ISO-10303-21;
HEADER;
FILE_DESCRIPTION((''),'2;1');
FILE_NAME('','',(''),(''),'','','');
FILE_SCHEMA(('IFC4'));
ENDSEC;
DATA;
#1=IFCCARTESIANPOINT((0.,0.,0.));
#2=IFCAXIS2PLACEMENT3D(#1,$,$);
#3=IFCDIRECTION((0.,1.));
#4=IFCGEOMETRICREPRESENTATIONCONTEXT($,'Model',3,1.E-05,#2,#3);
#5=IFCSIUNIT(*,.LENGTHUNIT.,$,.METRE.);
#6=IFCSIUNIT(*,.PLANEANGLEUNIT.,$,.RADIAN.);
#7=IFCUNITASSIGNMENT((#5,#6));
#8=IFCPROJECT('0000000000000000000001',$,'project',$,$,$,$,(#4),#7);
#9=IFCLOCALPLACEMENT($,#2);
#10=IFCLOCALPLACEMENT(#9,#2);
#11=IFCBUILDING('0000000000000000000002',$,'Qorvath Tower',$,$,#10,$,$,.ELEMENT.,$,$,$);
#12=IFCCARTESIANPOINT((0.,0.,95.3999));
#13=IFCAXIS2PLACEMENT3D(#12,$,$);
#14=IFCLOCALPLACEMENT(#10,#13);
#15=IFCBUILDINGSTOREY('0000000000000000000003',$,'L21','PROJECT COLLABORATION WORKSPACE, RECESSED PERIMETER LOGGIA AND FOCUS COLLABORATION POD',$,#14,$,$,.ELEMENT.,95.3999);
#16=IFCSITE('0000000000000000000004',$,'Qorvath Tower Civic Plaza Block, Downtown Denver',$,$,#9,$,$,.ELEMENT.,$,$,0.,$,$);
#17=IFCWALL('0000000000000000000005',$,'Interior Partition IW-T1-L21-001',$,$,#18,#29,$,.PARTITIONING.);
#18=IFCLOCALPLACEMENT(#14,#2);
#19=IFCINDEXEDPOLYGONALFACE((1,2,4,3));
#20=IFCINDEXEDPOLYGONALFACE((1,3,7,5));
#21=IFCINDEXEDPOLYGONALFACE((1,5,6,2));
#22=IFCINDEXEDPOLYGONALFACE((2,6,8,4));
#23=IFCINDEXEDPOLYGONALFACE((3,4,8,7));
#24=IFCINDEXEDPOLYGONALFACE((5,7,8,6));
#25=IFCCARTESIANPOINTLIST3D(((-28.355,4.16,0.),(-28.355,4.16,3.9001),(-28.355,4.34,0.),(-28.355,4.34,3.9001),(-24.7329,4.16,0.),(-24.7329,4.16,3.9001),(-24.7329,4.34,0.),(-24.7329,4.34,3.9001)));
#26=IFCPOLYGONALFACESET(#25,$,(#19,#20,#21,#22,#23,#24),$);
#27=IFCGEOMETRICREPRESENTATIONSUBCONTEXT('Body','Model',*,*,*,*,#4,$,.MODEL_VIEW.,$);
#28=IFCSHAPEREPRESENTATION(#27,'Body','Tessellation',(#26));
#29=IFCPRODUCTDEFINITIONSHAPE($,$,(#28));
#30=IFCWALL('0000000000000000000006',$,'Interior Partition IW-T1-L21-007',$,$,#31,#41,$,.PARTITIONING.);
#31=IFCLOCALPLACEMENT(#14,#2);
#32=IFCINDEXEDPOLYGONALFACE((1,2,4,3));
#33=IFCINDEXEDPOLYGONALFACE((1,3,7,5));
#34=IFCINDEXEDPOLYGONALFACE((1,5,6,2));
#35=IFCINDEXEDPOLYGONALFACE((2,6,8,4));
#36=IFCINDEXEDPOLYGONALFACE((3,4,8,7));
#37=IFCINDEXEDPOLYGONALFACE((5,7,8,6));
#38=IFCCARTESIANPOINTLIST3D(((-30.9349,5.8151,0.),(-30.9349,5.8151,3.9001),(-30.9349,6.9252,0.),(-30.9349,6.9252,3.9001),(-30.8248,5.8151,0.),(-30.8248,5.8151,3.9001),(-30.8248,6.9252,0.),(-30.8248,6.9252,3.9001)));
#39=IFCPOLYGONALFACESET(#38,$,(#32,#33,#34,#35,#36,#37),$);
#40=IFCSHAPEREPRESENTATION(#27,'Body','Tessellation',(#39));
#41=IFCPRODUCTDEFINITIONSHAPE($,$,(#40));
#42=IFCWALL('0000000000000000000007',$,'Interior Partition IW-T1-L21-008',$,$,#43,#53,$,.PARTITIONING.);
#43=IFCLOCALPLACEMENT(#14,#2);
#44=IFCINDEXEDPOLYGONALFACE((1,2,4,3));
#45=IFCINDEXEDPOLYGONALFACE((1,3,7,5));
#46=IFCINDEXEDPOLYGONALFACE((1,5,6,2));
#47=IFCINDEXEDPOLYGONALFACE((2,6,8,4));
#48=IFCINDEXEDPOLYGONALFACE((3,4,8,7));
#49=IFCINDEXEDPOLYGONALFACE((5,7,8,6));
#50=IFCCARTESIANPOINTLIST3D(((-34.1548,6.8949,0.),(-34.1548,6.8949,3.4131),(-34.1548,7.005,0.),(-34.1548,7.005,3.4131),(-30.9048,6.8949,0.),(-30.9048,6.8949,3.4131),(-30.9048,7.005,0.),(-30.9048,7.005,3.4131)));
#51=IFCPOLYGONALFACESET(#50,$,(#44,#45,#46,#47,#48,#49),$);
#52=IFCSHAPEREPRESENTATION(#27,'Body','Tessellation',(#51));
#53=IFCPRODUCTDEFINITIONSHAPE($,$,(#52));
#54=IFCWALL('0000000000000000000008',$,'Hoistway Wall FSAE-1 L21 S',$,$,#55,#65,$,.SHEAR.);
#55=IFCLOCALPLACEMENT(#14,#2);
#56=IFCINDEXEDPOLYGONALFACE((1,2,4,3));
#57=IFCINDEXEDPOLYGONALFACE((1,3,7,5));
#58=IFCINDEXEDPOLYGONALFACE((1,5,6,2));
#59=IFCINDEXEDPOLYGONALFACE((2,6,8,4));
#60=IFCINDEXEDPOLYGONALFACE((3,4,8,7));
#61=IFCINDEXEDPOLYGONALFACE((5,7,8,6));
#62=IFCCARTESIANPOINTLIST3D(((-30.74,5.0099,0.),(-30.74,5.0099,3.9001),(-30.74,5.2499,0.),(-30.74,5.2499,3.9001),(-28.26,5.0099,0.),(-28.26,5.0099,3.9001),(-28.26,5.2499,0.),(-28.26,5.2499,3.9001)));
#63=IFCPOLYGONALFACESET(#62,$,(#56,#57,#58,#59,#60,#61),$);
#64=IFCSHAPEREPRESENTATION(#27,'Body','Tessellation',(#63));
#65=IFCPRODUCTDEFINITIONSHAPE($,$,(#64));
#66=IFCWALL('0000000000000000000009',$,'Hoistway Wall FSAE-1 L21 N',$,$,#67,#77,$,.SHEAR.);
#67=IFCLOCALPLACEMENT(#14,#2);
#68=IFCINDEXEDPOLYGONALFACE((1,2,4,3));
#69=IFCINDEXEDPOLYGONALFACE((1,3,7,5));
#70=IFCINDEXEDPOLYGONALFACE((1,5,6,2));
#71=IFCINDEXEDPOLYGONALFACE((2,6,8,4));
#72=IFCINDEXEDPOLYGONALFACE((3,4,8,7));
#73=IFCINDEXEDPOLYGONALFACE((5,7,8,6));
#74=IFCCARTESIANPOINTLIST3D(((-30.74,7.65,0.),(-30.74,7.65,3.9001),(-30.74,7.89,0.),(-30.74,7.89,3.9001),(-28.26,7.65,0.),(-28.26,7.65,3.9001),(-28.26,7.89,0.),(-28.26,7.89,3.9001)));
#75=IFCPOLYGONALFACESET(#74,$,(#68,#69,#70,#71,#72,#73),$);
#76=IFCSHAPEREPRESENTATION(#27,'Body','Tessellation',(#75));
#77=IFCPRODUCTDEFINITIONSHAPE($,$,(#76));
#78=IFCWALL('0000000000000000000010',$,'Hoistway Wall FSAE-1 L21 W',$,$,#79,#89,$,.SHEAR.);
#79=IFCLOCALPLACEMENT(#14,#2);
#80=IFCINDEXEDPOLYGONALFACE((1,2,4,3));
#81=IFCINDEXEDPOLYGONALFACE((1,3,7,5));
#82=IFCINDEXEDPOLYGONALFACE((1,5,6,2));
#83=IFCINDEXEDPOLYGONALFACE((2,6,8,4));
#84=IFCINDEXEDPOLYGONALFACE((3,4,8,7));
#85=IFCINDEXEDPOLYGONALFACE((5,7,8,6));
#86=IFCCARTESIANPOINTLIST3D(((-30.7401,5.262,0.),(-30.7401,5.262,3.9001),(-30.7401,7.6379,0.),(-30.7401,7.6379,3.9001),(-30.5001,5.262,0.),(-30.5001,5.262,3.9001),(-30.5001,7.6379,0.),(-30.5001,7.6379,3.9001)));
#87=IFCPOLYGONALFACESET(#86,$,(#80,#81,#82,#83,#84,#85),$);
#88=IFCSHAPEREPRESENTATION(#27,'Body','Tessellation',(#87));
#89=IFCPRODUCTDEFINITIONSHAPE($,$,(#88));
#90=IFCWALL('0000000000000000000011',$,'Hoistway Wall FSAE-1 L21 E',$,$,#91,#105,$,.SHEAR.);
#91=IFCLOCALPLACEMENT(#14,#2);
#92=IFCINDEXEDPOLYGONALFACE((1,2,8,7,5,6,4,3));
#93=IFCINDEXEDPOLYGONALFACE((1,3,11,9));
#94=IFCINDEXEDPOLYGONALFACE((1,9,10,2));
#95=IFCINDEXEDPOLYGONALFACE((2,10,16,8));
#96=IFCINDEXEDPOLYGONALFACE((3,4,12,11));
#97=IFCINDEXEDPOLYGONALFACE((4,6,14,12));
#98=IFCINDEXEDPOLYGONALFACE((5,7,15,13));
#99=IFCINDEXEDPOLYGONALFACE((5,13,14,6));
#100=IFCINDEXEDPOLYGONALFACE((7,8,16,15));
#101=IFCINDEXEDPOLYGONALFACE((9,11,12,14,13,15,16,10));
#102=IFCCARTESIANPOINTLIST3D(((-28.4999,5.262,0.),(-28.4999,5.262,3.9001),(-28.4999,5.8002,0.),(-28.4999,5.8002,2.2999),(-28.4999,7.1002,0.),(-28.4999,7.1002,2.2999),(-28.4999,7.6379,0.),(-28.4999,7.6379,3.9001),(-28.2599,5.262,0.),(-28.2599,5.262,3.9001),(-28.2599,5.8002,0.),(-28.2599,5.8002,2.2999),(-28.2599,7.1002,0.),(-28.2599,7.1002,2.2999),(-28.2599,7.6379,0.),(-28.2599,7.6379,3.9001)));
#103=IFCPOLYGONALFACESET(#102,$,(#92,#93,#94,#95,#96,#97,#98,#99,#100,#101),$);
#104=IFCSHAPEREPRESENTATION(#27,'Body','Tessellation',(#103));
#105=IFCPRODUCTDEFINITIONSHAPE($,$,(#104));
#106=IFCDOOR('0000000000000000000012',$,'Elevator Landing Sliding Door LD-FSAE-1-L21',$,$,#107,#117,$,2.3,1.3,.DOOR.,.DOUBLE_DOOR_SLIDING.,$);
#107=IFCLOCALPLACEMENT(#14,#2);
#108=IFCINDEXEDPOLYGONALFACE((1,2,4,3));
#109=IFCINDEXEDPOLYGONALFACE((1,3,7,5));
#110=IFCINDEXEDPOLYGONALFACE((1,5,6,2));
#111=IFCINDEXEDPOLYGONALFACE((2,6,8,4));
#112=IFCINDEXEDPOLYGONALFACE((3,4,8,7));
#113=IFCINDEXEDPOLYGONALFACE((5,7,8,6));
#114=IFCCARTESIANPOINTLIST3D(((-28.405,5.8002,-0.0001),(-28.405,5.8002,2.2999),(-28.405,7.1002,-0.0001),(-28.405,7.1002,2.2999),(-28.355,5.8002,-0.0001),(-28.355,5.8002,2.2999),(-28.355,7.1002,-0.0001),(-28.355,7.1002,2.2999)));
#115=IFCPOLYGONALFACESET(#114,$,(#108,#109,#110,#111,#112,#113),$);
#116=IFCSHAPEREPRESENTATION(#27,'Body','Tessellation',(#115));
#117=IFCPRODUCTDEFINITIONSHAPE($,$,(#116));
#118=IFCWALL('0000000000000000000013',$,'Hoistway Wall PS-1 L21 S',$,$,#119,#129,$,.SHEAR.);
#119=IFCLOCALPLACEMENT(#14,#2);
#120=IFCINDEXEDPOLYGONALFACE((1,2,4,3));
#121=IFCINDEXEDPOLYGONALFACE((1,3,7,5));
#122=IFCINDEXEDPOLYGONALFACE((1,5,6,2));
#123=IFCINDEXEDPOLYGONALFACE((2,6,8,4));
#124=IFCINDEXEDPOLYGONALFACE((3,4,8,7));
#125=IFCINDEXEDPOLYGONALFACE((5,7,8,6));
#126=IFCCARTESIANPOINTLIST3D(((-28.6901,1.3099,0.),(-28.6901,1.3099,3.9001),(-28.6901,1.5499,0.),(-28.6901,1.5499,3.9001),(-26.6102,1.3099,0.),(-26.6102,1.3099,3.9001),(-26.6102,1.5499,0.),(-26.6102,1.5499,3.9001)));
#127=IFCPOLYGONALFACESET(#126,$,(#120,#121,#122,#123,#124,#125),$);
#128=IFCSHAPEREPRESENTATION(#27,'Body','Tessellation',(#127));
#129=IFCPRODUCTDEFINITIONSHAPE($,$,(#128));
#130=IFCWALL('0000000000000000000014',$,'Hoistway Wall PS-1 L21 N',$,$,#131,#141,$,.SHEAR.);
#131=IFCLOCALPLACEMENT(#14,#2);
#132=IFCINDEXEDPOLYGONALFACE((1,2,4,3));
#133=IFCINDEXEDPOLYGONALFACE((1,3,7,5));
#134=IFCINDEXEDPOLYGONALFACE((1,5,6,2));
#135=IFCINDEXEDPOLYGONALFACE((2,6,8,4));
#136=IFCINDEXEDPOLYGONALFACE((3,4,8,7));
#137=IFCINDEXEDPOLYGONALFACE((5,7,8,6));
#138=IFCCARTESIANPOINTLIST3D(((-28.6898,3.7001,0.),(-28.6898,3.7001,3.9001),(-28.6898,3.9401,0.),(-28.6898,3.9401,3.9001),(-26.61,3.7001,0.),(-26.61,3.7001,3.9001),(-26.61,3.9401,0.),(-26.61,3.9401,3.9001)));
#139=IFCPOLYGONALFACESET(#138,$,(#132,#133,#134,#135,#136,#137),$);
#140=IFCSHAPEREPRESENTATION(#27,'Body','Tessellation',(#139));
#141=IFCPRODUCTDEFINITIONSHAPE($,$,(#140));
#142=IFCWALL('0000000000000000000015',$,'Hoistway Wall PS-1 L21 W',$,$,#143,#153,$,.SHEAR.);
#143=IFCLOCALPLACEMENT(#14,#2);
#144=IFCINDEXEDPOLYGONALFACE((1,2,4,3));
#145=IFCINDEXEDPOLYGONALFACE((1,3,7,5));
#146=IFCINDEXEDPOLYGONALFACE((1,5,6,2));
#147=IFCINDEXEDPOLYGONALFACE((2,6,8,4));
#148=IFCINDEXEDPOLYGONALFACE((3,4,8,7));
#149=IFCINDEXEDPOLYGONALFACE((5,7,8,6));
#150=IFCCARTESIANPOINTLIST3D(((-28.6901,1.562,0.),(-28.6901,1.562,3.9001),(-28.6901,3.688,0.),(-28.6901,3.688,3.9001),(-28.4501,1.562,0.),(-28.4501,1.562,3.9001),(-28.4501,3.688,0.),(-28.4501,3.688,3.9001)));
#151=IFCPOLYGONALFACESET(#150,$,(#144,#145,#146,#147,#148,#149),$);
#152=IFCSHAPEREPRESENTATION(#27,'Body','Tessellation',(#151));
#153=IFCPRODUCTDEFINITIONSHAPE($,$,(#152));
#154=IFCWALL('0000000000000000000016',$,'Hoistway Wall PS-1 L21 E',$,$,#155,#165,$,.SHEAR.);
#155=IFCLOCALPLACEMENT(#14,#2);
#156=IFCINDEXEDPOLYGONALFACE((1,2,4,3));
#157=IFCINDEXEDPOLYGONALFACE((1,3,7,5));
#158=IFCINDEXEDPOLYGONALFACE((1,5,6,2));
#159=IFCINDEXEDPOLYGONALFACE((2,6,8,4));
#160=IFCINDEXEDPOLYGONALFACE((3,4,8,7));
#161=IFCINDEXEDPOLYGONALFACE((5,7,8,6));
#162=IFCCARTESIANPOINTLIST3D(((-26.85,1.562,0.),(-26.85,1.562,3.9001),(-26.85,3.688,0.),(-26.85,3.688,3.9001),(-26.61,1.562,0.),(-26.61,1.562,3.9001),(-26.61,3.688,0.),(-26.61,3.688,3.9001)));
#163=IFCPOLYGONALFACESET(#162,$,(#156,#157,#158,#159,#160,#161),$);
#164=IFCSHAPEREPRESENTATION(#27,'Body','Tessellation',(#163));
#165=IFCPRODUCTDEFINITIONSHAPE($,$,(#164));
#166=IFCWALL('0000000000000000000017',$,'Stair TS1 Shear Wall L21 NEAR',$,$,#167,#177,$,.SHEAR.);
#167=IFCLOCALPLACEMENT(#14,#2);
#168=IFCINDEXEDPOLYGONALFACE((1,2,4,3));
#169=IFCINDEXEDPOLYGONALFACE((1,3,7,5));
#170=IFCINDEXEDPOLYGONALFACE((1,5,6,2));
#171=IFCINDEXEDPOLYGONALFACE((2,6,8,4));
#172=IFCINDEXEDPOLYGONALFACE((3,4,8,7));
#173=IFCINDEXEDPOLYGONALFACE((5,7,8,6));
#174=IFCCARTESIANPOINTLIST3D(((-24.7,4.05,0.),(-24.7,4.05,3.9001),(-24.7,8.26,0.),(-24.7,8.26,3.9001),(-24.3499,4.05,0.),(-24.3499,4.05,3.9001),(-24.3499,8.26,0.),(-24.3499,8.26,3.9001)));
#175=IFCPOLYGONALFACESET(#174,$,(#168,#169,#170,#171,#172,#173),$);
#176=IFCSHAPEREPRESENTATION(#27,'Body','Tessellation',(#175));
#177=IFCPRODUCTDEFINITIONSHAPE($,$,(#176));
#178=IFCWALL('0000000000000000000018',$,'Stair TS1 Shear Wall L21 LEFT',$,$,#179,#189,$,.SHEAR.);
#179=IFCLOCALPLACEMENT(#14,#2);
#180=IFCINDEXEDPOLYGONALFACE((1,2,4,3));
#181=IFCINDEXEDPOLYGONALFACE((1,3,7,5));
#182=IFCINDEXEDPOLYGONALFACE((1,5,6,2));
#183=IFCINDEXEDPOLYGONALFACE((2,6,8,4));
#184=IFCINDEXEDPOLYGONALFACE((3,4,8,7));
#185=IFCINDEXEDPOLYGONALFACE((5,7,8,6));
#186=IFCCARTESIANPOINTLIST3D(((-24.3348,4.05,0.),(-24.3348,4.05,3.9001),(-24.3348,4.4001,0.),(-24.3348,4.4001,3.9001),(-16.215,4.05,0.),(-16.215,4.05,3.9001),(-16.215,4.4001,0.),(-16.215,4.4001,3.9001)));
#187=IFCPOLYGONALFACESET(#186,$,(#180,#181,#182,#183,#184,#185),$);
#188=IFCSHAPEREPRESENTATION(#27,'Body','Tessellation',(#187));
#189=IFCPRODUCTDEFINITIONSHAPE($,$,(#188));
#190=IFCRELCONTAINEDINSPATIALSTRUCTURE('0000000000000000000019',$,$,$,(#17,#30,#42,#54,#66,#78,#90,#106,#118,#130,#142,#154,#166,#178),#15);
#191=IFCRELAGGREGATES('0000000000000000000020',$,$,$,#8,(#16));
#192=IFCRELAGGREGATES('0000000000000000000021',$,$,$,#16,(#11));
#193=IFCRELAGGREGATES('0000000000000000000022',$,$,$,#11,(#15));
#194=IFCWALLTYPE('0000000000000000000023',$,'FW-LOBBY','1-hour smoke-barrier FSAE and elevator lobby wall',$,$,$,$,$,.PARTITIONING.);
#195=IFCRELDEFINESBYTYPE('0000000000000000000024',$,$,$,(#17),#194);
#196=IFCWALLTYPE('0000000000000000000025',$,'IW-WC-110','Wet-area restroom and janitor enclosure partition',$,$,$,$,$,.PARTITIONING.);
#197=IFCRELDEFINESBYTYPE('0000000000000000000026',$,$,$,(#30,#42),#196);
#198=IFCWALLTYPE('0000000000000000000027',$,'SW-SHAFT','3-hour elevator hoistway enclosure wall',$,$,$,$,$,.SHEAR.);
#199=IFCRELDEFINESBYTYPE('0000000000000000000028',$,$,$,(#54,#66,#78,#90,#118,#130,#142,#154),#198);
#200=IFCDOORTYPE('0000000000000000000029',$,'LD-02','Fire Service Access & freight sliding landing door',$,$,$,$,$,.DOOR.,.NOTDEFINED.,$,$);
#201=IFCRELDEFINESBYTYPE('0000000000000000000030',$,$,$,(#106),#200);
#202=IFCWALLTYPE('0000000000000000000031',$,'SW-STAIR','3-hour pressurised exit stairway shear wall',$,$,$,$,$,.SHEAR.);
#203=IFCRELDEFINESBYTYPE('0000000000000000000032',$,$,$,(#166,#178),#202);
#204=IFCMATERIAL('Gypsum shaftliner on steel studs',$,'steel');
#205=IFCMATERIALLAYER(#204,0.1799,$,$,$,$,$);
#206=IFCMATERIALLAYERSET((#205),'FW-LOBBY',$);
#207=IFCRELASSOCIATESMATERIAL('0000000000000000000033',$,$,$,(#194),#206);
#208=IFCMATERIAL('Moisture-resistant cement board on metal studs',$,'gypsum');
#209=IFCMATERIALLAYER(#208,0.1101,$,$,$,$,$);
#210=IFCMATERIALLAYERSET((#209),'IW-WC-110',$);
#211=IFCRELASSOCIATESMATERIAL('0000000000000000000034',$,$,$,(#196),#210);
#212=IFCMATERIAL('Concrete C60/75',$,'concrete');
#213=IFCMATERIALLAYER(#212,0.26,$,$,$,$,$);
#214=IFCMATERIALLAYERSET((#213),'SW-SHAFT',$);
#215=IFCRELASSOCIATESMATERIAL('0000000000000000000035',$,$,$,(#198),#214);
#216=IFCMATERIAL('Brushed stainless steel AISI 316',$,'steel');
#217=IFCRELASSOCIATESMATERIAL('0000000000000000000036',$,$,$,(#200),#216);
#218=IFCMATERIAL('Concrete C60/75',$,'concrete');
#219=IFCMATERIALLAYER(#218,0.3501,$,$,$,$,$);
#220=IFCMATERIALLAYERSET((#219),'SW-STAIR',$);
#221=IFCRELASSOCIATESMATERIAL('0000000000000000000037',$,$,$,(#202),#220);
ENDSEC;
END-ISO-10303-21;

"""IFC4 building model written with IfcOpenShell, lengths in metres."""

from ifc_helpers import new_model, si_unit, direction, frame, frame_2d, origin, place, context, subcontext, project, spatial, rectangle, extrude, material, layer, layer_set, type_object, element, fill, save


model = new_model("IFC4")

# Units and contexts
model_context = context("Model", 3, precision=1e-05, world=origin(), true_north=direction((0.0, 1.0)))
body_context = subcontext(model_context, "Body", "Model", "MODEL_VIEW")
ifc_project = project(units=[si_unit("LENGTHUNIT", "METRE"), si_unit("PLANEANGLEUNIT", "RADIAN")], contexts=[model_context])

# Site, building, storey
site_placement = place(None, origin())
site = spatial("IfcSite", under=ifc_project, at=site_placement, Name="Qorvath Tower Civic Plaza Block, Downtown Denver", CompositionType="ELEMENT", RefElevation=0.0)
building_placement = place(site_placement, origin())
building = spatial("IfcBuilding", under=site, at=building_placement, Name="Qorvath Tower", CompositionType="ELEMENT")
storey_placement = place(building_placement, frame((0.0, 0.0, 95.3999)))
storey = spatial("IfcBuildingStorey", under=building, at=storey_placement, Name="L21", Description="PROJECT COLLABORATION WORKSPACE, RECESSED PERIMETER LOGGIA AND FOCUS COLLABORATION POD", CompositionType="ELEMENT", Elevation=95.3999)

# Wall
ifc_material_1 = material(Name="Gypsum shaftliner on steel studs", Category="steel")
ifc_layer_1 = layer(ifc_material_1, 0.1799)
ifc_layer_set_1 = layer_set([ifc_layer_1], Name="FW-LOBBY")
wall_type_1 = type_object("IfcWallType", Name="FW-LOBBY", Description="1-hour smoke-barrier FSAE and elevator lobby wall", PredefinedType="PARTITIONING", material=ifc_layer_set_1)
wall_1_placement = place(storey_placement, frame((-28.355, 4.25, 0.0), z_axis=(0.0, 0.0, 1.0), x_axis=(1.0, 0.0, 0.0)))
element("IfcWall", 1, at=wall_1_placement, inside=storey, type_object=wall_type_1, Name="Interior Partition IW-T1-L21-001", PredefinedType="PARTITIONING", context=body_context, shape_type="SweptSolid", body=[
    extrude(rectangle(XDim=3.6221, YDim=0.1799, at=frame_2d((1.811, 0.0))), origin(), (0.0, 0.0, 1.0), 3.9001),
])

# Walls
ifc_material_2 = material(Name="Moisture-resistant cement board on metal studs", Category="gypsum")
ifc_layer_2 = layer(ifc_material_2, 0.1101)
ifc_layer_set_2 = layer_set([ifc_layer_2], Name="IW-WC-110")
wall_type_2 = type_object("IfcWallType", Name="IW-WC-110", Description="Wet-area restroom and janitor enclosure partition", PredefinedType="PARTITIONING", material=ifc_layer_set_2)
wall_2_placement = place(storey_placement, frame((-30.8799, 5.8149, 0.0), z_axis=(0.0, 0.0, 1.0), x_axis=(0.0, 1.0, 0.0)))
element("IfcWall", 2, at=wall_2_placement, inside=storey, type_object=wall_type_2, Name="Interior Partition IW-T1-L21-007", PredefinedType="PARTITIONING", context=body_context, shape_type="SweptSolid", body=[
    extrude(rectangle(XDim=1.1101, YDim=0.1101, at=frame_2d((0.5552, 0.0))), origin(), (0.0, 0.0, 1.0), 3.9001),
])
wall_3_placement = place(storey_placement, frame((-30.9048, 6.95, 0.0), z_axis=(0.0, 0.0, 1.0), x_axis=(-1.0, 0.0, 0.0)))
element("IfcWall", 3, at=wall_3_placement, inside=storey, type_object=wall_type_2, Name="Interior Partition IW-T1-L21-008", PredefinedType="PARTITIONING", context=body_context, shape_type="SweptSolid", body=[
    extrude(rectangle(XDim=3.25, YDim=0.1101, at=frame_2d((1.625, 0.0))), origin(), (0.0, 0.0, 1.0), 3.4131),
])
ifc_material_3 = material(Name="Concrete C60/75", Category="concrete")
ifc_layer_3 = layer(ifc_material_3, 0.26)
ifc_layer_set_3 = layer_set([ifc_layer_3], Name="SW-SHAFT")
wall_type_3 = type_object("IfcWallType", Name="SW-SHAFT", Description="3-hour elevator hoistway enclosure wall", PredefinedType="SHEAR", material=ifc_layer_set_3)
for number, where, z_axis, x_axis, name in (
    (4, (-28.26, 5.1299, 0.0), (0.0, 0.0, 1.0), (-1.0, 0.0, 0.0), "Hoistway Wall FSAE-1 L21 S"),
    (5, (-30.74, 7.77, 0.0), (0.0, 0.0, 1.0), (1.0, 0.0, 0.0), "Hoistway Wall FSAE-1 L21 N"),
):
    element("IfcWall", number, at=place(storey_placement, frame(where, z_axis=z_axis, x_axis=x_axis)), inside=storey, type_object=wall_type_3, Name=name, PredefinedType="SHEAR", context=body_context, shape_type="SweptSolid", body=[
        extrude(rectangle(XDim=2.48, YDim=0.24, at=frame_2d((1.24, 0.0))), origin(), (0.0, 0.0, 1.0), 3.9001),
    ])
wall_4_placement = place(storey_placement, frame((-30.6201, 5.262, 0.0), z_axis=(0.0, 0.0, 1.0), x_axis=(0.0, 1.0, 0.0)))
element("IfcWall", 6, at=wall_4_placement, inside=storey, type_object=wall_type_3, Name="Hoistway Wall FSAE-1 L21 W", PredefinedType="SHEAR", context=body_context, shape_type="SweptSolid", body=[
    extrude(rectangle(XDim=2.376, YDim=0.24, at=frame_2d((1.188, 0.0))), origin(), (0.0, 0.0, 1.0), 3.9001),
])

# Wall, opening, door
wall_5_placement = place(storey_placement, frame((-28.3799, 7.6379, 0.0), z_axis=(0.0, 0.0, 1.0), x_axis=(0.0, -1.0, 0.0)))
wall_5 = element("IfcWall", 7, at=wall_5_placement, inside=storey, type_object=wall_type_3, Name="Hoistway Wall FSAE-1 L21 E", PredefinedType="SHEAR", context=body_context, shape_type="SweptSolid", body=[
    extrude(rectangle(XDim=2.376, YDim=0.24, at=frame_2d((1.188, 0.0))), origin(), (0.0, 0.0, 1.0), 3.9001),
])
opening_1_placement = place(wall_5_placement, frame((0.5378, 0.0, 0.0)))
opening_1 = element("IfcOpeningElement", 8, at=opening_1_placement, cuts=wall_5, PredefinedType="OPENING", context=body_context, shape_type="SweptSolid", body=[
    extrude(rectangle(XDim=1.3, YDim=2.3, at=frame_2d((0.6499, 1.1499))), frame((0.0, 0.1299, 0.0), z_axis=(0.0, -1.0, 0.0), x_axis=(1.0, 0.0, 0.0)), (0.0, 0.0, 1.0), 0.26),
])
ifc_material_4 = material(Name="Brushed stainless steel AISI 316", Category="steel")
door_type_1 = type_object("IfcDoorType", Name="LD-02", Description="Fire Service Access & freight sliding landing door", OperationType="NOTDEFINED", PredefinedType="DOOR", material=ifc_material_4)
door_1_placement = place(opening_1_placement, origin())
door_1 = element("IfcDoor", 9, at=door_1_placement, inside=storey, type_object=door_type_1, Name="Elevator Landing Sliding Door LD-FSAE-1-L21", OperationType="DOUBLE_DOOR_SLIDING", OverallHeight=2.3, OverallWidth=1.3, PredefinedType="DOOR", context=body_context, shape_type="SweptSolid", body=[
    extrude(rectangle(XDim=1.3, YDim=2.3, at=frame_2d((0.6499, 1.1499))), frame((0.0, 0.0249, 0.0), z_axis=(0.0, -1.0, 0.0), x_axis=(1.0, 0.0, 0.0)), (0.0, 0.0, 1.0), 0.05),
])
fill(opening_1, door_1)

# Walls
for number, where, z_axis, x_axis, name in (
    (10, (-26.6101, 1.4299, 0.0), (0.0, 0.0, 1.0), (-1.0, 0.0, 0.0), "Hoistway Wall PS-1 L21 S"),
    (11, (-28.6899, 3.8201, 0.0), (0.0, 0.0, 1.0), (1.0, 0.0, 0.0), "Hoistway Wall PS-1 L21 N"),
):
    element("IfcWall", number, at=place(storey_placement, frame(where, z_axis=z_axis, x_axis=x_axis)), inside=storey, type_object=wall_type_3, Name=name, PredefinedType="SHEAR", context=body_context, shape_type="SweptSolid", body=[
        extrude(rectangle(XDim=2.0798, YDim=0.24, at=frame_2d((1.04, 0.0))), origin(), (0.0, 0.0, 1.0), 3.9001),
    ])
for number, where, z_axis, x_axis, name in (
    (12, (-28.5701, 1.562, 0.0), (0.0, 0.0, 1.0), (0.0, 1.0, 0.0), "Hoistway Wall PS-1 L21 W"),
    (13, (-26.73, 3.688, 0.0), (0.0, 0.0, 1.0), (0.0, -1.0, 0.0), "Hoistway Wall PS-1 L21 E"),
):
    element("IfcWall", number, at=place(storey_placement, frame(where, z_axis=z_axis, x_axis=x_axis)), inside=storey, type_object=wall_type_3, Name=name, PredefinedType="SHEAR", context=body_context, shape_type="SweptSolid", body=[
        extrude(rectangle(XDim=2.126, YDim=0.24, at=frame_2d((1.063, 0.0))), origin(), (0.0, 0.0, 1.0), 3.9001),
    ])
ifc_material_5 = material(Name="Concrete C60/75", Category="concrete")
ifc_layer_4 = layer(ifc_material_5, 0.3501)
ifc_layer_set_4 = layer_set([ifc_layer_4], Name="SW-STAIR")
wall_type_4 = type_object("IfcWallType", Name="SW-STAIR", Description="3-hour pressurised exit stairway shear wall", PredefinedType="SHEAR", material=ifc_layer_set_4)
wall_6_placement = place(storey_placement, frame((-24.5249, 8.26, 0.0), z_axis=(0.0, 0.0, 1.0), x_axis=(0.0, -1.0, 0.0)))
element("IfcWall", 14, at=wall_6_placement, inside=storey, type_object=wall_type_4, Name="Stair TS1 Shear Wall L21 NEAR", PredefinedType="SHEAR", context=body_context, shape_type="SweptSolid", body=[
    extrude(rectangle(XDim=4.21, YDim=0.3501, at=frame_2d((2.105, 0.0))), origin(), (0.0, 0.0, 1.0), 3.9001),
])
wall_7_placement = place(storey_placement, frame((-24.335, 4.2251, 0.0), z_axis=(0.0, 0.0, 1.0), x_axis=(1.0, 0.0, 0.0)))
element("IfcWall", 15, at=wall_7_placement, inside=storey, type_object=wall_type_4, Name="Stair TS1 Shear Wall L21 LEFT", PredefinedType="SHEAR", context=body_context, shape_type="SweptSolid", body=[
    extrude(rectangle(XDim=8.1199, YDim=0.3501, at=frame_2d((4.0601, 0.0))), origin(), (0.0, 0.0, 1.0), 3.9001),
])

save(model, "model.ifc")
